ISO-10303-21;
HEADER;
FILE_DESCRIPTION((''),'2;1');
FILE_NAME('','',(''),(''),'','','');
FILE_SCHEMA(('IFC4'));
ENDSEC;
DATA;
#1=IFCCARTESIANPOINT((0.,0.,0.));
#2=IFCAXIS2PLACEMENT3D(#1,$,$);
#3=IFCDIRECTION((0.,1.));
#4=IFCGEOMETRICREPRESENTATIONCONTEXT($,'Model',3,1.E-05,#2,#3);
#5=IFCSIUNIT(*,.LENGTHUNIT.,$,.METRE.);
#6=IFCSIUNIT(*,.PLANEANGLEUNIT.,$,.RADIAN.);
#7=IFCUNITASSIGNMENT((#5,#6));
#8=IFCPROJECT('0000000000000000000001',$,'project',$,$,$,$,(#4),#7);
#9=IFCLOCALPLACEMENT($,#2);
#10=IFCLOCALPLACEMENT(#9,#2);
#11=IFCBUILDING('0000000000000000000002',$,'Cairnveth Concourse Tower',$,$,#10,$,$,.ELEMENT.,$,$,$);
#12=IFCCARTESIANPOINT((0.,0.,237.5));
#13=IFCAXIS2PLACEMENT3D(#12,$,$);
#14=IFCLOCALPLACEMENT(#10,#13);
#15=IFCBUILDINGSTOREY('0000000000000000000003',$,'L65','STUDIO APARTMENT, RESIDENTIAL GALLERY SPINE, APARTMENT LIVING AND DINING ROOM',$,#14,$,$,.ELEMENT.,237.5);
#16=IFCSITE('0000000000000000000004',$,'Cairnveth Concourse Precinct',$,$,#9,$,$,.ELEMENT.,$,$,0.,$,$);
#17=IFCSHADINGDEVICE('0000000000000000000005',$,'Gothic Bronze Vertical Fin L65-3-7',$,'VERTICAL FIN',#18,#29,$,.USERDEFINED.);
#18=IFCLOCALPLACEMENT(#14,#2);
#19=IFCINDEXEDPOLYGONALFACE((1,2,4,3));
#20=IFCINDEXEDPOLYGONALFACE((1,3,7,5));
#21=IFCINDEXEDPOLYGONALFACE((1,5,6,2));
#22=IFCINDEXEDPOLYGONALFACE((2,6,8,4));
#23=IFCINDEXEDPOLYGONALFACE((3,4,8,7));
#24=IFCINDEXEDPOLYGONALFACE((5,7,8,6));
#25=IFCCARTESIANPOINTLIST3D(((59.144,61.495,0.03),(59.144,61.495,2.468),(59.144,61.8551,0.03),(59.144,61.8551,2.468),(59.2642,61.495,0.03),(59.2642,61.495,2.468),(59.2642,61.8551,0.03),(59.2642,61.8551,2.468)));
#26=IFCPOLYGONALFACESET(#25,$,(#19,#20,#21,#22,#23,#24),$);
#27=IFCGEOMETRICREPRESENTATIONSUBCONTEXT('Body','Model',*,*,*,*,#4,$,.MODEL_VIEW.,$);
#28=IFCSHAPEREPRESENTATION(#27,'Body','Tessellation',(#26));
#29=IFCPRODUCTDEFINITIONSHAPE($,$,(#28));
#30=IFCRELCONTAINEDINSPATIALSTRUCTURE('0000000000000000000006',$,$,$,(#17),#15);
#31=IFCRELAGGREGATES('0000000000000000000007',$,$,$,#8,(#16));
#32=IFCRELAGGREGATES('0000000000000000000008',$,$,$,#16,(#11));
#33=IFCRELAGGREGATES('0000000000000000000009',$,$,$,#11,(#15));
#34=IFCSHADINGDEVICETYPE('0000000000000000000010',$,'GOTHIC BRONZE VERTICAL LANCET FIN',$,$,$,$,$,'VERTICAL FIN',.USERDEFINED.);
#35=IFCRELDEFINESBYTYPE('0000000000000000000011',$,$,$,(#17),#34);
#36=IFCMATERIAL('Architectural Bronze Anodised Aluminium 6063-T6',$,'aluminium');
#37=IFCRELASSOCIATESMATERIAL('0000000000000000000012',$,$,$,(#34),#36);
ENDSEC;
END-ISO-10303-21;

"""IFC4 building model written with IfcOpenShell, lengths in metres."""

from ifc_helpers import new_model, si_unit, direction, frame, origin, origin_2d, place, context, subcontext, project, spatial, rectangle, extrude, material, type_object, element, save


model = new_model("IFC4")

# Units and contexts
model_context = context("Model", 3, precision=1e-05, world=origin(), true_north=direction((0.0, 1.0)))
body_context = subcontext(model_context, "Body", "Model", "MODEL_VIEW")
ifc_project = project(units=[si_unit("LENGTHUNIT", "METRE"), si_unit("PLANEANGLEUNIT", "RADIAN")], contexts=[model_context])

# Site, building, storey
site_placement = place(None, origin())
site = spatial("IfcSite", under=ifc_project, at=site_placement, Name="Cairnveth Concourse Precinct", CompositionType="ELEMENT", RefElevation=0.0)
building_placement = place(site_placement, origin())
building = spatial("IfcBuilding", under=site, at=building_placement, Name="Cairnveth Concourse Tower", CompositionType="ELEMENT")
storey_placement = place(building_placement, frame((0.0, 0.0, 237.5)))
storey = spatial("IfcBuildingStorey", under=building, at=storey_placement, Name="L65", Description="STUDIO APARTMENT, RESIDENTIAL GALLERY SPINE, APARTMENT LIVING AND DINING ROOM", CompositionType="ELEMENT", Elevation=237.5)

# Shading device
ifc_material_1 = material(Name="Architectural Bronze Anodised Aluminium 6063-T6", Category="aluminium")
shading_device_type = type_object("IfcShadingDeviceType", Name="GOTHIC BRONZE VERTICAL LANCET FIN", ElementType="VERTICAL FIN", PredefinedType="USERDEFINED", material=ifc_material_1)
for number, where, z_axis, x_axis, name in (
    (1, (59.2041, 61.675, 0.03), (0.0, 0.0, 1.0), (1.0, 0.0, 0.0), "Gothic Bronze Vertical Fin L65-3-7"),
):
    element("IfcShadingDevice", number, at=place(storey_placement, frame(where, z_axis=z_axis, x_axis=x_axis)), inside=storey, type_object=shading_device_type, Name=name, ObjectType="VERTICAL FIN", PredefinedType="USERDEFINED", context=body_context, shape_type="SweptSolid", body=[
        extrude(rectangle(XDim=0.1201, YDim=0.3601, at=origin_2d()), origin(), (0.0, 0.0, 1.0), 2.438),
    ])

save(model, "model.ifc")
